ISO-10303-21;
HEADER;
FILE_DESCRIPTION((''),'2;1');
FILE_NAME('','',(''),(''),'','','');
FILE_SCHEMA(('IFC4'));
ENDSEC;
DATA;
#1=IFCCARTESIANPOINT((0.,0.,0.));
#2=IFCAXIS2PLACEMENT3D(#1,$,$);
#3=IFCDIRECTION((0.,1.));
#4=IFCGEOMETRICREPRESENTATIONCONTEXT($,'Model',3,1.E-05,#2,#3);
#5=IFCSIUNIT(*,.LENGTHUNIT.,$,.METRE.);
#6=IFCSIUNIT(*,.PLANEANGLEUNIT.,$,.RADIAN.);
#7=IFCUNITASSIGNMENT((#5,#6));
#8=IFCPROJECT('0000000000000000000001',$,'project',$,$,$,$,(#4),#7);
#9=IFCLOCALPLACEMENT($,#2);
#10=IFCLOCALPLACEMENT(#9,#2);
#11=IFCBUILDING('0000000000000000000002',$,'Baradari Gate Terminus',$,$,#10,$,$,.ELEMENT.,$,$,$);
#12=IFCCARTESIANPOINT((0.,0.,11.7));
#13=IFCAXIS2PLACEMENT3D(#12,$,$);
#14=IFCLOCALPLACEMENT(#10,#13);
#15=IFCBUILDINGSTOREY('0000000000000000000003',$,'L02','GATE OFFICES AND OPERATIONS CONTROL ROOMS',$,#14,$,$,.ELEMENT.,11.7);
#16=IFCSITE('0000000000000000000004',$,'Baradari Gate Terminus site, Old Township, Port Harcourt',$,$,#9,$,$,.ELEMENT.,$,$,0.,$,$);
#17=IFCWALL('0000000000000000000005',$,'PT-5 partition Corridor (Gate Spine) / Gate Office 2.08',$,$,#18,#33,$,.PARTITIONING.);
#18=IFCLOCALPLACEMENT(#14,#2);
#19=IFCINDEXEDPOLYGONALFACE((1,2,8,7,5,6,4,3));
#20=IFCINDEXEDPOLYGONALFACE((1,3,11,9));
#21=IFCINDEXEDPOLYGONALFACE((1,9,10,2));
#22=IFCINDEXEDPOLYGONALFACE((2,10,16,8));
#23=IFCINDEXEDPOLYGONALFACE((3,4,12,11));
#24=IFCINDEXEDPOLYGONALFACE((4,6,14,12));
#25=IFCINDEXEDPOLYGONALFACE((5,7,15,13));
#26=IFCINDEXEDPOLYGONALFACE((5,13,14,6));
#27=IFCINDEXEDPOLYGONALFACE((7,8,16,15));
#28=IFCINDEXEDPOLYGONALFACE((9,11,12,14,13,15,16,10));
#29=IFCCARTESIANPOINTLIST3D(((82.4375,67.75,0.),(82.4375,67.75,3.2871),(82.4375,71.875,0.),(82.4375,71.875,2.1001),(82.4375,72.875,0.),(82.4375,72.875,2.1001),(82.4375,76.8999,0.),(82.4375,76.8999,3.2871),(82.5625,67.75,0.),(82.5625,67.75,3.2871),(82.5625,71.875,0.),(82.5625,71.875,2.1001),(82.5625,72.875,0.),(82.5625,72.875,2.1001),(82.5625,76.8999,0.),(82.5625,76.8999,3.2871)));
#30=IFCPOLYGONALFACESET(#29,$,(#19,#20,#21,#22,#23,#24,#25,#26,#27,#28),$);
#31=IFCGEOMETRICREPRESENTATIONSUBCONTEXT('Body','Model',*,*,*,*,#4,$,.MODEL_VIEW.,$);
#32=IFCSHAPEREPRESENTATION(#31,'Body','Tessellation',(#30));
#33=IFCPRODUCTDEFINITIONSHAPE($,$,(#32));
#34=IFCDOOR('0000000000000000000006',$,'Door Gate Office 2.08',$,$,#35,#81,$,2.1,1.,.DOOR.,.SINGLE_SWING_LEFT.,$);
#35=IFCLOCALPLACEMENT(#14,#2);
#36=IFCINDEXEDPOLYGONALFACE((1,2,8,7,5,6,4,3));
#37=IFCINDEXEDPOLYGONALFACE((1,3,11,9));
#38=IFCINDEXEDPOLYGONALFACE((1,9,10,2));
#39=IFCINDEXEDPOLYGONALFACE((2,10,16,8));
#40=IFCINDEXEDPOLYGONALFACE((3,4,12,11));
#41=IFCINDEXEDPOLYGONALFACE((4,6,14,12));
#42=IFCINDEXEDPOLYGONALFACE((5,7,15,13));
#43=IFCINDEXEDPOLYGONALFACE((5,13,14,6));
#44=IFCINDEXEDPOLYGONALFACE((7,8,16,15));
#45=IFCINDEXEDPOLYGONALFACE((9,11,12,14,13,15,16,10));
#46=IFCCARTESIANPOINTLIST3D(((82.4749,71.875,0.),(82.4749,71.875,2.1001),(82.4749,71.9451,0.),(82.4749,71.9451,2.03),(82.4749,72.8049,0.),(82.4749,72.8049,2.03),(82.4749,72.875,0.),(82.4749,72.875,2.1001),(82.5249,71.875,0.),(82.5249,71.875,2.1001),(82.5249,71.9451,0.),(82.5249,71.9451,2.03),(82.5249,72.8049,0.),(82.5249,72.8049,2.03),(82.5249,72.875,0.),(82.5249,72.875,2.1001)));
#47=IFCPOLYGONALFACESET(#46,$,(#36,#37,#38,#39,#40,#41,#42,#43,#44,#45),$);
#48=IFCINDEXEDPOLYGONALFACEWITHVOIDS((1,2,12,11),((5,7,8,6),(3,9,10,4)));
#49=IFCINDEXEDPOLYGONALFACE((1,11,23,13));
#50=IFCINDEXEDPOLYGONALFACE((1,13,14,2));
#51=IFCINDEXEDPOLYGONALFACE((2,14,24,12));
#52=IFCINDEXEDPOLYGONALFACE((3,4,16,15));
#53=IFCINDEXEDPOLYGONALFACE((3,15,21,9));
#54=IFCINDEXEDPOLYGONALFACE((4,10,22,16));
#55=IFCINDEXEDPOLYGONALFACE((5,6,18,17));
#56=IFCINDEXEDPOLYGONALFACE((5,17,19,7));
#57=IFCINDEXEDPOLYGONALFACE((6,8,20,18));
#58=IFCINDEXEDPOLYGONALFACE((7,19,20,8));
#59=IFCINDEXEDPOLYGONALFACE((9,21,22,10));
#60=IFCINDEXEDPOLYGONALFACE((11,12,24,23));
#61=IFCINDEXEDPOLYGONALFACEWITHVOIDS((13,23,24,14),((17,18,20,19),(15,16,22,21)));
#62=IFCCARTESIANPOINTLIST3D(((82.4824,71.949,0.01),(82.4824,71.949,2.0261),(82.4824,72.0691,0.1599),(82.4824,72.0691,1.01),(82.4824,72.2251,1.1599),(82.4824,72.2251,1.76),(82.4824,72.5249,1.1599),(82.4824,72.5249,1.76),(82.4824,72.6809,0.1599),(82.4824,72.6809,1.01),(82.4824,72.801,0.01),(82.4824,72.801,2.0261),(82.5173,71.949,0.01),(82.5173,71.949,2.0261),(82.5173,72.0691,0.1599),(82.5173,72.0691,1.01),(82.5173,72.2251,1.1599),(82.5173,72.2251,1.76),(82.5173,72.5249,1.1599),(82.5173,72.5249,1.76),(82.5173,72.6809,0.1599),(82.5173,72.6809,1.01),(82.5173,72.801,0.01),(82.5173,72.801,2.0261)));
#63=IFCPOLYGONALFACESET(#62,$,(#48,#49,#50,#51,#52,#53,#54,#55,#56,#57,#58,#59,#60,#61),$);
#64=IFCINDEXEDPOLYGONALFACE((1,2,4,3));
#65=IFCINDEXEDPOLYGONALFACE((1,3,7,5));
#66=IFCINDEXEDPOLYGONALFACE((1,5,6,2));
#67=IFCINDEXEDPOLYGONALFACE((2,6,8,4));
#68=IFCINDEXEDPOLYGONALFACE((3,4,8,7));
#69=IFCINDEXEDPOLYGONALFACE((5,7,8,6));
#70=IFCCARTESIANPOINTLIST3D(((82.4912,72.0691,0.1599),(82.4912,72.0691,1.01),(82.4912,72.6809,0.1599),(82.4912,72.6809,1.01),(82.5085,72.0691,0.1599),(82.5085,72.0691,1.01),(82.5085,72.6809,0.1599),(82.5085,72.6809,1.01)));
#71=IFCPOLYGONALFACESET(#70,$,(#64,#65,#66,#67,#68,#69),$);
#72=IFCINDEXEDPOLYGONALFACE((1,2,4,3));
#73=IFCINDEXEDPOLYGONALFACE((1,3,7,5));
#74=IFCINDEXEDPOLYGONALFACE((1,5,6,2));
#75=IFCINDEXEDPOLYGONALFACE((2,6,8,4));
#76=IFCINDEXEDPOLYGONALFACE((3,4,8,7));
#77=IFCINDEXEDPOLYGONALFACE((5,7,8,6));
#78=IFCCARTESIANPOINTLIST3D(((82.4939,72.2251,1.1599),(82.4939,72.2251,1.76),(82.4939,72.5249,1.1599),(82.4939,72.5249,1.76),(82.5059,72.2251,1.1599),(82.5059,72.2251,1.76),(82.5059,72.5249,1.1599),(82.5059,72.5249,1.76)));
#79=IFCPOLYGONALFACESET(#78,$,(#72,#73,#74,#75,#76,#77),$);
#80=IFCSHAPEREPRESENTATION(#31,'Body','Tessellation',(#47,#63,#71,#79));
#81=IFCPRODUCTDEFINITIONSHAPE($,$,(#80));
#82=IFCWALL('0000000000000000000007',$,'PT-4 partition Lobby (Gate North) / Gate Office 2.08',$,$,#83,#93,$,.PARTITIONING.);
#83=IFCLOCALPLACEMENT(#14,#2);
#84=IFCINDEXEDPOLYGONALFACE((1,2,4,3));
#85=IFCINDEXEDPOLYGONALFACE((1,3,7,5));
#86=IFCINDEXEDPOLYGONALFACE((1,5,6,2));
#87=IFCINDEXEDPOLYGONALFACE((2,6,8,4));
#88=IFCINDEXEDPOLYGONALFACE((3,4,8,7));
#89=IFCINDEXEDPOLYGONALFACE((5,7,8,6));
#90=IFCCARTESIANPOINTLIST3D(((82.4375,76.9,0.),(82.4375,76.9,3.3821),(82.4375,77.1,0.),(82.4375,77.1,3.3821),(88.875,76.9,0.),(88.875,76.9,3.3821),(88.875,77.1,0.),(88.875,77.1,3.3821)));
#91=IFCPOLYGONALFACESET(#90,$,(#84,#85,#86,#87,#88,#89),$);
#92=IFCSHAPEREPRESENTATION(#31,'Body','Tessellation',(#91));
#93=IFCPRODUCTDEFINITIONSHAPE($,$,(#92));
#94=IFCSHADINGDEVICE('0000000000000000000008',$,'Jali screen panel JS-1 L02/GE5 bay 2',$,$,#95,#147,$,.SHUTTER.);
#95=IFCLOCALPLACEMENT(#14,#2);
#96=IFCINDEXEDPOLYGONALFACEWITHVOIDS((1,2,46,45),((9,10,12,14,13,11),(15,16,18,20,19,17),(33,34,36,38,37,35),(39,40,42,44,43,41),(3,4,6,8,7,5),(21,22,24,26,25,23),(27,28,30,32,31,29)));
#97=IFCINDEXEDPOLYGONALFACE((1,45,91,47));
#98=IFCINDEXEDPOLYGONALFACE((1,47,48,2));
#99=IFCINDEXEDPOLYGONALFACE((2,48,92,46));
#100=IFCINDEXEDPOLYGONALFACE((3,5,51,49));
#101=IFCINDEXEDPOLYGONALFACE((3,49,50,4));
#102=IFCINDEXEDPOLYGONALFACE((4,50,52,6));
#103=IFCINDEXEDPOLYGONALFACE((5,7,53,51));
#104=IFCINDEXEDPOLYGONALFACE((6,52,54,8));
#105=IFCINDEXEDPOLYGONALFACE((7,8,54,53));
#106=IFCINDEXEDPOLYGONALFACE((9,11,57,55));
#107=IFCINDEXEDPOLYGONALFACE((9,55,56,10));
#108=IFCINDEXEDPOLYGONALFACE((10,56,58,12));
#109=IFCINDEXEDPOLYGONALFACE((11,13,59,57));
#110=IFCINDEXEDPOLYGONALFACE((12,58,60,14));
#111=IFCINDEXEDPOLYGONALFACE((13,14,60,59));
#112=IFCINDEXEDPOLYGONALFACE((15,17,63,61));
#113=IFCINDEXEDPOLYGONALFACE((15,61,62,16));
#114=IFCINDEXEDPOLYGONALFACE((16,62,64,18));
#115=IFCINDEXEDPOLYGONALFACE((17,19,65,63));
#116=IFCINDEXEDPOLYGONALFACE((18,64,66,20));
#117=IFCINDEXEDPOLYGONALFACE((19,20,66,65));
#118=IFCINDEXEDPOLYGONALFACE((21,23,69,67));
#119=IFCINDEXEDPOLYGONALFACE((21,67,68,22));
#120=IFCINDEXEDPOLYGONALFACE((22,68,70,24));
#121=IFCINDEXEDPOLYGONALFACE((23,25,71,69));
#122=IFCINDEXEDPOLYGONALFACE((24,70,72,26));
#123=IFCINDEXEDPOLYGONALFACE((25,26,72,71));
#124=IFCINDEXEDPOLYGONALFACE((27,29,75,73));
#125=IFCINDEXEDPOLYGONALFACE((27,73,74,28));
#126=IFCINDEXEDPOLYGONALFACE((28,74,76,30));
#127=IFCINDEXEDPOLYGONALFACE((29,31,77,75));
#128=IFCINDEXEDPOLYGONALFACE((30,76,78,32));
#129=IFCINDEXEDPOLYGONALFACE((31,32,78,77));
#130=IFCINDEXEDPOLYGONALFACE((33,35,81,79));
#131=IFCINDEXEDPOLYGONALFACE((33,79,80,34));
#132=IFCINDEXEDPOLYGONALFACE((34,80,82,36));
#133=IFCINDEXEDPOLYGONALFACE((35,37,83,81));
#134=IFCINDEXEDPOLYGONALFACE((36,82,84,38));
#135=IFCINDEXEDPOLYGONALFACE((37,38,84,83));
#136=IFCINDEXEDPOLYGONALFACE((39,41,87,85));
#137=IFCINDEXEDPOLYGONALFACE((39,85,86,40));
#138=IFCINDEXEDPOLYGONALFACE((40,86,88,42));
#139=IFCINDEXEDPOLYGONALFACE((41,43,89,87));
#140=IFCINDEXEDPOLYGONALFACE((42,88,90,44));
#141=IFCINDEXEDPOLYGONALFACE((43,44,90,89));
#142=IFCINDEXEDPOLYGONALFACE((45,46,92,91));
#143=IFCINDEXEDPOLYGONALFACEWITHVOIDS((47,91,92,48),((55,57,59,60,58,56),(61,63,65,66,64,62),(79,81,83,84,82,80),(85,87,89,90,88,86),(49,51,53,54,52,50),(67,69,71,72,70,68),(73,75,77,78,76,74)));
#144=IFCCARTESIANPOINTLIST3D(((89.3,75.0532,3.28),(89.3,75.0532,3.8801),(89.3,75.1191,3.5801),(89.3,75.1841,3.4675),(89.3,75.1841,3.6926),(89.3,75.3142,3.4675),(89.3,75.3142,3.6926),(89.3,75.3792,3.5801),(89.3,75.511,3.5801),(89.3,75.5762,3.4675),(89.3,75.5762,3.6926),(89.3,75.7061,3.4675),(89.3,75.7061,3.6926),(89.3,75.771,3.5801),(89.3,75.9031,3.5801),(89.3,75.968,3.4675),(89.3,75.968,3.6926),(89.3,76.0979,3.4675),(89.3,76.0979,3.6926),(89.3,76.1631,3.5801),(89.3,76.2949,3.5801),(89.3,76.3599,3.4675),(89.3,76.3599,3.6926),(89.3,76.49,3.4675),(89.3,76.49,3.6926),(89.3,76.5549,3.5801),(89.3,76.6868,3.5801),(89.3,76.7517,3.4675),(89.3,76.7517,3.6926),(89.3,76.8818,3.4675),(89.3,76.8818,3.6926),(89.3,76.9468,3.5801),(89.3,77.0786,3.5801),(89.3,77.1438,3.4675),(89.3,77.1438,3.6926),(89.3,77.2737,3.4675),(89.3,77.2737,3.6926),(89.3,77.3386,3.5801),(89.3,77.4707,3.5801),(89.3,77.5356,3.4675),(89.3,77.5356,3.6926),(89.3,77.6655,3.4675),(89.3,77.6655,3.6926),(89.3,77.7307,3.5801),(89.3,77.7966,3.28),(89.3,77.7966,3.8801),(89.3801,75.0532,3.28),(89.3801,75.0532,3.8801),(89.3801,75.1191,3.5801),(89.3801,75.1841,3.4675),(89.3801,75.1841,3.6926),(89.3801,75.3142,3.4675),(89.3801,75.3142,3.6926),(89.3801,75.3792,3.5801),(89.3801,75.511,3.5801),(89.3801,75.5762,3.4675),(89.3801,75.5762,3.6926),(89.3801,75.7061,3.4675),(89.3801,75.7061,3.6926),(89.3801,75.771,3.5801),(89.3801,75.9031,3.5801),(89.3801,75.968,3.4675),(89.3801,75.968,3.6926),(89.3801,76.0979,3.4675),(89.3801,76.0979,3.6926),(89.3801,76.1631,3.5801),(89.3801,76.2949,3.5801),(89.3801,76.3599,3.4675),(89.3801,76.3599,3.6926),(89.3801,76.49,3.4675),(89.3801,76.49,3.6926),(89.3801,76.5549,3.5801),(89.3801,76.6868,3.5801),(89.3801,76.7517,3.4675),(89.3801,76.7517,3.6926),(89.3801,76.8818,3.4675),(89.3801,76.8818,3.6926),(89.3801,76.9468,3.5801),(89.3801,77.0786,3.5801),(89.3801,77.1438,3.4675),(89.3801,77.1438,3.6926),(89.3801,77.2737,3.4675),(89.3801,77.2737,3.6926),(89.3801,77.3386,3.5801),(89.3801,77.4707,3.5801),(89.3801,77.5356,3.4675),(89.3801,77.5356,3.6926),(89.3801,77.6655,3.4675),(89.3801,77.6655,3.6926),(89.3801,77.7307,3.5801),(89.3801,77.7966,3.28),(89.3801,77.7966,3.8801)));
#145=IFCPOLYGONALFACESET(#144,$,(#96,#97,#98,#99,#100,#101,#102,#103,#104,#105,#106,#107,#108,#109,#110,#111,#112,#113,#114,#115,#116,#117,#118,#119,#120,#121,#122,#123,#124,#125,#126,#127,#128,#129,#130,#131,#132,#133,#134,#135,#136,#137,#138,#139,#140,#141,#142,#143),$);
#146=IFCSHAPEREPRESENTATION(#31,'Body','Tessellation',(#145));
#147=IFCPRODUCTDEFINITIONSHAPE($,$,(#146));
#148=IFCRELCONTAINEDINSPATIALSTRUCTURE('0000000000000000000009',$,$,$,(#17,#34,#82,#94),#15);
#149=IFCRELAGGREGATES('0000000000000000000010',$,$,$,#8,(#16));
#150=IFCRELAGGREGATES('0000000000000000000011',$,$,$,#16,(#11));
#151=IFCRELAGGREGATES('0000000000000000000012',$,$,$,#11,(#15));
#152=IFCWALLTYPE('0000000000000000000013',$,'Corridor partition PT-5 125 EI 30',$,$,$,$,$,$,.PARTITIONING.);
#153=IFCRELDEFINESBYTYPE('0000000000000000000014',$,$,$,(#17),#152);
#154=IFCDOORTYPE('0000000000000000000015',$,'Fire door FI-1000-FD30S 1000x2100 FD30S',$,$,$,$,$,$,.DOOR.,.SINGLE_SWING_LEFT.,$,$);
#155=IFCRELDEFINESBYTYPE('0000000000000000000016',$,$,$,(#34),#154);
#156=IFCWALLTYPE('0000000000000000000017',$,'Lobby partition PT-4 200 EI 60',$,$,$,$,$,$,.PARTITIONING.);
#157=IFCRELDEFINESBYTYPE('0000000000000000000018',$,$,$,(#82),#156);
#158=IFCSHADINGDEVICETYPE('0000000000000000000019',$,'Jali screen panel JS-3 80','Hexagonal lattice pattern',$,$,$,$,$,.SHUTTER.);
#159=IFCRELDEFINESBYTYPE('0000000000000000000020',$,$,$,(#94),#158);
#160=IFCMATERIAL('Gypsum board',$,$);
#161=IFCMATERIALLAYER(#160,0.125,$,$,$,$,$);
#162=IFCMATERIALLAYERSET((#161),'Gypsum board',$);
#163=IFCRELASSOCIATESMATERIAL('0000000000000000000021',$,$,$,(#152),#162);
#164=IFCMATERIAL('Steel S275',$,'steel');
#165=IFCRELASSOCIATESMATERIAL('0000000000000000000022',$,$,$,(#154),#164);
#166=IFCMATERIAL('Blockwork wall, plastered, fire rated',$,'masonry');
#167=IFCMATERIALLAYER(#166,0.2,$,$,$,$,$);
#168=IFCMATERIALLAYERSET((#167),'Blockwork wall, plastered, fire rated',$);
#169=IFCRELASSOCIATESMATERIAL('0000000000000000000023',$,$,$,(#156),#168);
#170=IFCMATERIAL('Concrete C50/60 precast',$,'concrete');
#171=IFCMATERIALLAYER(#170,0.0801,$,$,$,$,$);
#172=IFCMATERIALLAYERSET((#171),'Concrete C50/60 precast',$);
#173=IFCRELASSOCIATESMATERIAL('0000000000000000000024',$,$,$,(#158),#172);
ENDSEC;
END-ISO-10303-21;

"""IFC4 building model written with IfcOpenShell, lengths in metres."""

from ifc_helpers import new_model, si_unit, direction, frame, frame_2d, origin, place, context, subcontext, project, spatial, polyline, rectangle, outline, extrude, material, layer, layer_set, type_object, element, fill, save


model = new_model("IFC4")

# Units and contexts
model_context = context("Model", 3, precision=1e-05, world=origin(), true_north=direction((0.0, 1.0)))
body_context = subcontext(model_context, "Body", "Model", "MODEL_VIEW")
ifc_project = project(units=[si_unit("LENGTHUNIT", "METRE"), si_unit("PLANEANGLEUNIT", "RADIAN")], contexts=[model_context])

# Site, building, storey
site_placement = place(None, origin())
site = spatial("IfcSite", under=ifc_project, at=site_placement, Name="Baradari Gate Terminus site, Old Township, Port Harcourt", CompositionType="ELEMENT", RefElevation=0.0)
building_placement = place(site_placement, origin())
building = spatial("IfcBuilding", under=site, at=building_placement, Name="Baradari Gate Terminus", CompositionType="ELEMENT")
storey_placement = place(building_placement, frame((0.0, 0.0, 11.7)))
storey = spatial("IfcBuildingStorey", under=building, at=storey_placement, Name="L02", Description="GATE OFFICES AND OPERATIONS CONTROL ROOMS", CompositionType="ELEMENT", Elevation=11.7)

# Wall, opening, door
ifc_material_1 = material(Name="Gypsum board")
ifc_layer_1 = layer(ifc_material_1, 0.125)
ifc_layer_set_1 = layer_set([ifc_layer_1], Name="Gypsum board")
wall_type_1 = type_object("IfcWallType", Name="Corridor partition PT-5 125 EI 30", PredefinedType="PARTITIONING", material=ifc_layer_set_1)
wall_1_placement = place(storey_placement, frame((82.5, 76.8999, 0.0), z_axis=(0.0, 0.0, 1.0), x_axis=(0.0, -1.0, 0.0)))
wall_1 = element("IfcWall", 1, at=wall_1_placement, inside=storey, type_object=wall_type_1, Name="PT-5 partition Corridor (Gate Spine) / Gate Office 2.08", PredefinedType="PARTITIONING", context=body_context, shape_type="SweptSolid", body=[
    extrude(rectangle(XDim=9.1499, YDim=0.125, at=frame_2d((4.575, 0.0))), origin(), (0.0, 0.0, 1.0), 3.2871),
])
opening_placement = place(wall_1_placement, frame((4.0249, 0.0, 0.0)))
opening = element("IfcOpeningElement", 2, at=opening_placement, cuts=wall_1, PredefinedType="OPENING", context=body_context, shape_type="SweptSolid", body=[
    extrude(rectangle(XDim=1.0, YDim=2.1001, at=frame_2d((0.5, 1.05))), frame((0.0, 0.0725, 0.0), z_axis=(0.0, -1.0, 0.0), x_axis=(1.0, 0.0, 0.0)), (0.0, 0.0, 1.0), 0.145),
])
ifc_material_2 = material(Name="Steel S275", Category="steel")
door_type = type_object("IfcDoorType", Name="Fire door FI-1000-FD30S 1000x2100 FD30S", OperationType="SINGLE_SWING_LEFT", PredefinedType="DOOR", material=ifc_material_2)
door_placement = place(opening_placement, origin())
door = element("IfcDoor", 3, at=door_placement, inside=storey, type_object=door_type, Name="Door Gate Office 2.08", OperationType="SINGLE_SWING_LEFT", OverallHeight=2.1, OverallWidth=1.0, PredefinedType="DOOR", context=body_context, shape_type="SweptSolid", body=[
    extrude(outline(polyline([(0.0, 0.0), (0.0701, 0.0), (0.0701, 2.03), (0.9299, 2.03), (0.9299, 0.0), (1.0, 0.0), (1.0, 2.1001), (0.0, 2.1001), (0.0, 0.0)])), frame((0.0, 0.0249, 0.0), z_axis=(0.0, -1.0, 0.0), x_axis=(1.0, 0.0, 0.0)), (0.0, 0.0, 1.0), 0.05),
    extrude(outline(polyline([(0.074, 0.01), (0.926, 0.01), (0.926, 2.0261), (0.074, 2.0261), (0.074, 0.01)]), holes=[polyline([(0.1941, 0.1599), (0.8059, 0.1599), (0.8059, 1.01), (0.1941, 1.01), (0.1941, 0.1599)]), polyline([(0.3501, 1.1599), (0.6499, 1.1599), (0.6499, 1.76), (0.3501, 1.76), (0.3501, 1.1599)])]), frame((0.0, 0.0173, 0.0), z_axis=(0.0, -1.0, 0.0), x_axis=(1.0, 0.0, 0.0)), (0.0, 0.0, 1.0), 0.0349),
    extrude(rectangle(XDim=0.6118, YDim=0.8501, at=frame_2d((0.5, 0.585))), frame((0.0, 0.0085, 0.0), z_axis=(0.0, -1.0, 0.0), x_axis=(1.0, 0.0, 0.0)), (0.0, 0.0, 1.0), 0.0173),
    extrude(rectangle(XDim=0.2998, YDim=0.6001, at=frame_2d((0.5, 1.46))), frame((0.0, 0.0059, 0.0), z_axis=(0.0, -1.0, 0.0), x_axis=(1.0, 0.0, 0.0)), (0.0, 0.0, 1.0), 0.012),
])
fill(opening, door)

# Wall
ifc_material_3 = material(Name="Blockwork wall, plastered, fire rated", Category="masonry")
ifc_layer_2 = layer(ifc_material_3, 0.2)
ifc_layer_set_2 = layer_set([ifc_layer_2], Name="Blockwork wall, plastered, fire rated")
wall_type_2 = type_object("IfcWallType", Name="Lobby partition PT-4 200 EI 60", PredefinedType="PARTITIONING", material=ifc_layer_set_2)
wall_2_placement = place(storey_placement, frame((88.875, 77.0, 0.0), z_axis=(0.0, 0.0, 1.0), x_axis=(-1.0, 0.0, 0.0)))
element("IfcWall", 4, at=wall_2_placement, inside=storey, type_object=wall_type_2, Name="PT-4 partition Lobby (Gate North) / Gate Office 2.08", PredefinedType="PARTITIONING", context=body_context, shape_type="SweptSolid", body=[
    extrude(rectangle(XDim=6.4375, YDim=0.2, at=frame_2d((3.2188, 0.0))), origin(), (0.0, 0.0, 1.0), 3.3821),
])

# Shading device
ifc_material_4 = material(Name="Concrete C50/60 precast", Category="concrete")
ifc_layer_3 = layer(ifc_material_4, 0.0801)
ifc_layer_set_3 = layer_set([ifc_layer_3], Name="Concrete C50/60 precast")
shading_device_type = type_object("IfcShadingDeviceType", Name="Jali screen panel JS-3 80", Description="Hexagonal lattice pattern", PredefinedType="SHUTTER", material=ifc_layer_set_3)
shading_device_1_placement = place(storey_placement, frame((89.3401, 75.0532, 3.28), z_axis=(0.0, 0.0, 1.0), x_axis=(0.0, 1.0, 0.0)))
element("IfcShadingDevice", 5, at=shading_device_1_placement, inside=storey, type_object=shading_device_type, Name="Jali screen panel JS-1 L02/GE5 bay 2", PredefinedType="SHUTTER", context=body_context, shape_type="SweptSolid", body=[
    extrude(outline(polyline([(0.0, 0.0), (2.7434, 0.0), (2.7434, 0.6001), (0.0, 0.6001), (0.0, 0.0)]), holes=[polyline([(0.3259, 0.3), (0.261, 0.1875), (0.1309, 0.1875), (0.0659, 0.3), (0.1309, 0.4126), (0.261, 0.4126), (0.3259, 0.3)]), polyline([(0.7178, 0.3), (0.6528, 0.1875), (0.5229, 0.1875), (0.4578, 0.3), (0.5229, 0.4126), (0.6528, 0.4126), (0.7178, 0.3)]), polyline([(1.1099, 0.3), (1.0447, 0.1875), (0.9148, 0.1875), (0.8499, 0.3), (0.9148, 0.4126), (1.0447, 0.4126), (1.1099, 0.3)]), polyline([(1.5017, 0.3), (1.4368, 0.1875), (1.3066, 0.1875), (1.2417, 0.3), (1.3066, 0.4126), (1.4368, 0.4126), (1.5017, 0.3)]), polyline([(1.8936, 0.3), (1.8286, 0.1875), (1.6985, 0.1875), (1.6335, 0.3), (1.6985, 0.4126), (1.8286, 0.4126), (1.8936, 0.3)]), polyline([(2.2854, 0.3), (2.2205, 0.1875), (2.0906, 0.1875), (2.0254, 0.3), (2.0906, 0.4126), (2.2205, 0.4126), (2.2854, 0.3)]), polyline([(2.6775, 0.3), (2.6123, 0.1875), (2.4824, 0.1875), (2.4175, 0.3), (2.4824, 0.4126), (2.6123, 0.4126), (2.6775, 0.3)])]), frame((0.0, 0.04, 0.0), z_axis=(0.0, -1.0, 0.0), x_axis=(1.0, 0.0, 0.0)), (0.0, 0.0, 1.0), 0.0801),
])

save(model, "model.ifc")
